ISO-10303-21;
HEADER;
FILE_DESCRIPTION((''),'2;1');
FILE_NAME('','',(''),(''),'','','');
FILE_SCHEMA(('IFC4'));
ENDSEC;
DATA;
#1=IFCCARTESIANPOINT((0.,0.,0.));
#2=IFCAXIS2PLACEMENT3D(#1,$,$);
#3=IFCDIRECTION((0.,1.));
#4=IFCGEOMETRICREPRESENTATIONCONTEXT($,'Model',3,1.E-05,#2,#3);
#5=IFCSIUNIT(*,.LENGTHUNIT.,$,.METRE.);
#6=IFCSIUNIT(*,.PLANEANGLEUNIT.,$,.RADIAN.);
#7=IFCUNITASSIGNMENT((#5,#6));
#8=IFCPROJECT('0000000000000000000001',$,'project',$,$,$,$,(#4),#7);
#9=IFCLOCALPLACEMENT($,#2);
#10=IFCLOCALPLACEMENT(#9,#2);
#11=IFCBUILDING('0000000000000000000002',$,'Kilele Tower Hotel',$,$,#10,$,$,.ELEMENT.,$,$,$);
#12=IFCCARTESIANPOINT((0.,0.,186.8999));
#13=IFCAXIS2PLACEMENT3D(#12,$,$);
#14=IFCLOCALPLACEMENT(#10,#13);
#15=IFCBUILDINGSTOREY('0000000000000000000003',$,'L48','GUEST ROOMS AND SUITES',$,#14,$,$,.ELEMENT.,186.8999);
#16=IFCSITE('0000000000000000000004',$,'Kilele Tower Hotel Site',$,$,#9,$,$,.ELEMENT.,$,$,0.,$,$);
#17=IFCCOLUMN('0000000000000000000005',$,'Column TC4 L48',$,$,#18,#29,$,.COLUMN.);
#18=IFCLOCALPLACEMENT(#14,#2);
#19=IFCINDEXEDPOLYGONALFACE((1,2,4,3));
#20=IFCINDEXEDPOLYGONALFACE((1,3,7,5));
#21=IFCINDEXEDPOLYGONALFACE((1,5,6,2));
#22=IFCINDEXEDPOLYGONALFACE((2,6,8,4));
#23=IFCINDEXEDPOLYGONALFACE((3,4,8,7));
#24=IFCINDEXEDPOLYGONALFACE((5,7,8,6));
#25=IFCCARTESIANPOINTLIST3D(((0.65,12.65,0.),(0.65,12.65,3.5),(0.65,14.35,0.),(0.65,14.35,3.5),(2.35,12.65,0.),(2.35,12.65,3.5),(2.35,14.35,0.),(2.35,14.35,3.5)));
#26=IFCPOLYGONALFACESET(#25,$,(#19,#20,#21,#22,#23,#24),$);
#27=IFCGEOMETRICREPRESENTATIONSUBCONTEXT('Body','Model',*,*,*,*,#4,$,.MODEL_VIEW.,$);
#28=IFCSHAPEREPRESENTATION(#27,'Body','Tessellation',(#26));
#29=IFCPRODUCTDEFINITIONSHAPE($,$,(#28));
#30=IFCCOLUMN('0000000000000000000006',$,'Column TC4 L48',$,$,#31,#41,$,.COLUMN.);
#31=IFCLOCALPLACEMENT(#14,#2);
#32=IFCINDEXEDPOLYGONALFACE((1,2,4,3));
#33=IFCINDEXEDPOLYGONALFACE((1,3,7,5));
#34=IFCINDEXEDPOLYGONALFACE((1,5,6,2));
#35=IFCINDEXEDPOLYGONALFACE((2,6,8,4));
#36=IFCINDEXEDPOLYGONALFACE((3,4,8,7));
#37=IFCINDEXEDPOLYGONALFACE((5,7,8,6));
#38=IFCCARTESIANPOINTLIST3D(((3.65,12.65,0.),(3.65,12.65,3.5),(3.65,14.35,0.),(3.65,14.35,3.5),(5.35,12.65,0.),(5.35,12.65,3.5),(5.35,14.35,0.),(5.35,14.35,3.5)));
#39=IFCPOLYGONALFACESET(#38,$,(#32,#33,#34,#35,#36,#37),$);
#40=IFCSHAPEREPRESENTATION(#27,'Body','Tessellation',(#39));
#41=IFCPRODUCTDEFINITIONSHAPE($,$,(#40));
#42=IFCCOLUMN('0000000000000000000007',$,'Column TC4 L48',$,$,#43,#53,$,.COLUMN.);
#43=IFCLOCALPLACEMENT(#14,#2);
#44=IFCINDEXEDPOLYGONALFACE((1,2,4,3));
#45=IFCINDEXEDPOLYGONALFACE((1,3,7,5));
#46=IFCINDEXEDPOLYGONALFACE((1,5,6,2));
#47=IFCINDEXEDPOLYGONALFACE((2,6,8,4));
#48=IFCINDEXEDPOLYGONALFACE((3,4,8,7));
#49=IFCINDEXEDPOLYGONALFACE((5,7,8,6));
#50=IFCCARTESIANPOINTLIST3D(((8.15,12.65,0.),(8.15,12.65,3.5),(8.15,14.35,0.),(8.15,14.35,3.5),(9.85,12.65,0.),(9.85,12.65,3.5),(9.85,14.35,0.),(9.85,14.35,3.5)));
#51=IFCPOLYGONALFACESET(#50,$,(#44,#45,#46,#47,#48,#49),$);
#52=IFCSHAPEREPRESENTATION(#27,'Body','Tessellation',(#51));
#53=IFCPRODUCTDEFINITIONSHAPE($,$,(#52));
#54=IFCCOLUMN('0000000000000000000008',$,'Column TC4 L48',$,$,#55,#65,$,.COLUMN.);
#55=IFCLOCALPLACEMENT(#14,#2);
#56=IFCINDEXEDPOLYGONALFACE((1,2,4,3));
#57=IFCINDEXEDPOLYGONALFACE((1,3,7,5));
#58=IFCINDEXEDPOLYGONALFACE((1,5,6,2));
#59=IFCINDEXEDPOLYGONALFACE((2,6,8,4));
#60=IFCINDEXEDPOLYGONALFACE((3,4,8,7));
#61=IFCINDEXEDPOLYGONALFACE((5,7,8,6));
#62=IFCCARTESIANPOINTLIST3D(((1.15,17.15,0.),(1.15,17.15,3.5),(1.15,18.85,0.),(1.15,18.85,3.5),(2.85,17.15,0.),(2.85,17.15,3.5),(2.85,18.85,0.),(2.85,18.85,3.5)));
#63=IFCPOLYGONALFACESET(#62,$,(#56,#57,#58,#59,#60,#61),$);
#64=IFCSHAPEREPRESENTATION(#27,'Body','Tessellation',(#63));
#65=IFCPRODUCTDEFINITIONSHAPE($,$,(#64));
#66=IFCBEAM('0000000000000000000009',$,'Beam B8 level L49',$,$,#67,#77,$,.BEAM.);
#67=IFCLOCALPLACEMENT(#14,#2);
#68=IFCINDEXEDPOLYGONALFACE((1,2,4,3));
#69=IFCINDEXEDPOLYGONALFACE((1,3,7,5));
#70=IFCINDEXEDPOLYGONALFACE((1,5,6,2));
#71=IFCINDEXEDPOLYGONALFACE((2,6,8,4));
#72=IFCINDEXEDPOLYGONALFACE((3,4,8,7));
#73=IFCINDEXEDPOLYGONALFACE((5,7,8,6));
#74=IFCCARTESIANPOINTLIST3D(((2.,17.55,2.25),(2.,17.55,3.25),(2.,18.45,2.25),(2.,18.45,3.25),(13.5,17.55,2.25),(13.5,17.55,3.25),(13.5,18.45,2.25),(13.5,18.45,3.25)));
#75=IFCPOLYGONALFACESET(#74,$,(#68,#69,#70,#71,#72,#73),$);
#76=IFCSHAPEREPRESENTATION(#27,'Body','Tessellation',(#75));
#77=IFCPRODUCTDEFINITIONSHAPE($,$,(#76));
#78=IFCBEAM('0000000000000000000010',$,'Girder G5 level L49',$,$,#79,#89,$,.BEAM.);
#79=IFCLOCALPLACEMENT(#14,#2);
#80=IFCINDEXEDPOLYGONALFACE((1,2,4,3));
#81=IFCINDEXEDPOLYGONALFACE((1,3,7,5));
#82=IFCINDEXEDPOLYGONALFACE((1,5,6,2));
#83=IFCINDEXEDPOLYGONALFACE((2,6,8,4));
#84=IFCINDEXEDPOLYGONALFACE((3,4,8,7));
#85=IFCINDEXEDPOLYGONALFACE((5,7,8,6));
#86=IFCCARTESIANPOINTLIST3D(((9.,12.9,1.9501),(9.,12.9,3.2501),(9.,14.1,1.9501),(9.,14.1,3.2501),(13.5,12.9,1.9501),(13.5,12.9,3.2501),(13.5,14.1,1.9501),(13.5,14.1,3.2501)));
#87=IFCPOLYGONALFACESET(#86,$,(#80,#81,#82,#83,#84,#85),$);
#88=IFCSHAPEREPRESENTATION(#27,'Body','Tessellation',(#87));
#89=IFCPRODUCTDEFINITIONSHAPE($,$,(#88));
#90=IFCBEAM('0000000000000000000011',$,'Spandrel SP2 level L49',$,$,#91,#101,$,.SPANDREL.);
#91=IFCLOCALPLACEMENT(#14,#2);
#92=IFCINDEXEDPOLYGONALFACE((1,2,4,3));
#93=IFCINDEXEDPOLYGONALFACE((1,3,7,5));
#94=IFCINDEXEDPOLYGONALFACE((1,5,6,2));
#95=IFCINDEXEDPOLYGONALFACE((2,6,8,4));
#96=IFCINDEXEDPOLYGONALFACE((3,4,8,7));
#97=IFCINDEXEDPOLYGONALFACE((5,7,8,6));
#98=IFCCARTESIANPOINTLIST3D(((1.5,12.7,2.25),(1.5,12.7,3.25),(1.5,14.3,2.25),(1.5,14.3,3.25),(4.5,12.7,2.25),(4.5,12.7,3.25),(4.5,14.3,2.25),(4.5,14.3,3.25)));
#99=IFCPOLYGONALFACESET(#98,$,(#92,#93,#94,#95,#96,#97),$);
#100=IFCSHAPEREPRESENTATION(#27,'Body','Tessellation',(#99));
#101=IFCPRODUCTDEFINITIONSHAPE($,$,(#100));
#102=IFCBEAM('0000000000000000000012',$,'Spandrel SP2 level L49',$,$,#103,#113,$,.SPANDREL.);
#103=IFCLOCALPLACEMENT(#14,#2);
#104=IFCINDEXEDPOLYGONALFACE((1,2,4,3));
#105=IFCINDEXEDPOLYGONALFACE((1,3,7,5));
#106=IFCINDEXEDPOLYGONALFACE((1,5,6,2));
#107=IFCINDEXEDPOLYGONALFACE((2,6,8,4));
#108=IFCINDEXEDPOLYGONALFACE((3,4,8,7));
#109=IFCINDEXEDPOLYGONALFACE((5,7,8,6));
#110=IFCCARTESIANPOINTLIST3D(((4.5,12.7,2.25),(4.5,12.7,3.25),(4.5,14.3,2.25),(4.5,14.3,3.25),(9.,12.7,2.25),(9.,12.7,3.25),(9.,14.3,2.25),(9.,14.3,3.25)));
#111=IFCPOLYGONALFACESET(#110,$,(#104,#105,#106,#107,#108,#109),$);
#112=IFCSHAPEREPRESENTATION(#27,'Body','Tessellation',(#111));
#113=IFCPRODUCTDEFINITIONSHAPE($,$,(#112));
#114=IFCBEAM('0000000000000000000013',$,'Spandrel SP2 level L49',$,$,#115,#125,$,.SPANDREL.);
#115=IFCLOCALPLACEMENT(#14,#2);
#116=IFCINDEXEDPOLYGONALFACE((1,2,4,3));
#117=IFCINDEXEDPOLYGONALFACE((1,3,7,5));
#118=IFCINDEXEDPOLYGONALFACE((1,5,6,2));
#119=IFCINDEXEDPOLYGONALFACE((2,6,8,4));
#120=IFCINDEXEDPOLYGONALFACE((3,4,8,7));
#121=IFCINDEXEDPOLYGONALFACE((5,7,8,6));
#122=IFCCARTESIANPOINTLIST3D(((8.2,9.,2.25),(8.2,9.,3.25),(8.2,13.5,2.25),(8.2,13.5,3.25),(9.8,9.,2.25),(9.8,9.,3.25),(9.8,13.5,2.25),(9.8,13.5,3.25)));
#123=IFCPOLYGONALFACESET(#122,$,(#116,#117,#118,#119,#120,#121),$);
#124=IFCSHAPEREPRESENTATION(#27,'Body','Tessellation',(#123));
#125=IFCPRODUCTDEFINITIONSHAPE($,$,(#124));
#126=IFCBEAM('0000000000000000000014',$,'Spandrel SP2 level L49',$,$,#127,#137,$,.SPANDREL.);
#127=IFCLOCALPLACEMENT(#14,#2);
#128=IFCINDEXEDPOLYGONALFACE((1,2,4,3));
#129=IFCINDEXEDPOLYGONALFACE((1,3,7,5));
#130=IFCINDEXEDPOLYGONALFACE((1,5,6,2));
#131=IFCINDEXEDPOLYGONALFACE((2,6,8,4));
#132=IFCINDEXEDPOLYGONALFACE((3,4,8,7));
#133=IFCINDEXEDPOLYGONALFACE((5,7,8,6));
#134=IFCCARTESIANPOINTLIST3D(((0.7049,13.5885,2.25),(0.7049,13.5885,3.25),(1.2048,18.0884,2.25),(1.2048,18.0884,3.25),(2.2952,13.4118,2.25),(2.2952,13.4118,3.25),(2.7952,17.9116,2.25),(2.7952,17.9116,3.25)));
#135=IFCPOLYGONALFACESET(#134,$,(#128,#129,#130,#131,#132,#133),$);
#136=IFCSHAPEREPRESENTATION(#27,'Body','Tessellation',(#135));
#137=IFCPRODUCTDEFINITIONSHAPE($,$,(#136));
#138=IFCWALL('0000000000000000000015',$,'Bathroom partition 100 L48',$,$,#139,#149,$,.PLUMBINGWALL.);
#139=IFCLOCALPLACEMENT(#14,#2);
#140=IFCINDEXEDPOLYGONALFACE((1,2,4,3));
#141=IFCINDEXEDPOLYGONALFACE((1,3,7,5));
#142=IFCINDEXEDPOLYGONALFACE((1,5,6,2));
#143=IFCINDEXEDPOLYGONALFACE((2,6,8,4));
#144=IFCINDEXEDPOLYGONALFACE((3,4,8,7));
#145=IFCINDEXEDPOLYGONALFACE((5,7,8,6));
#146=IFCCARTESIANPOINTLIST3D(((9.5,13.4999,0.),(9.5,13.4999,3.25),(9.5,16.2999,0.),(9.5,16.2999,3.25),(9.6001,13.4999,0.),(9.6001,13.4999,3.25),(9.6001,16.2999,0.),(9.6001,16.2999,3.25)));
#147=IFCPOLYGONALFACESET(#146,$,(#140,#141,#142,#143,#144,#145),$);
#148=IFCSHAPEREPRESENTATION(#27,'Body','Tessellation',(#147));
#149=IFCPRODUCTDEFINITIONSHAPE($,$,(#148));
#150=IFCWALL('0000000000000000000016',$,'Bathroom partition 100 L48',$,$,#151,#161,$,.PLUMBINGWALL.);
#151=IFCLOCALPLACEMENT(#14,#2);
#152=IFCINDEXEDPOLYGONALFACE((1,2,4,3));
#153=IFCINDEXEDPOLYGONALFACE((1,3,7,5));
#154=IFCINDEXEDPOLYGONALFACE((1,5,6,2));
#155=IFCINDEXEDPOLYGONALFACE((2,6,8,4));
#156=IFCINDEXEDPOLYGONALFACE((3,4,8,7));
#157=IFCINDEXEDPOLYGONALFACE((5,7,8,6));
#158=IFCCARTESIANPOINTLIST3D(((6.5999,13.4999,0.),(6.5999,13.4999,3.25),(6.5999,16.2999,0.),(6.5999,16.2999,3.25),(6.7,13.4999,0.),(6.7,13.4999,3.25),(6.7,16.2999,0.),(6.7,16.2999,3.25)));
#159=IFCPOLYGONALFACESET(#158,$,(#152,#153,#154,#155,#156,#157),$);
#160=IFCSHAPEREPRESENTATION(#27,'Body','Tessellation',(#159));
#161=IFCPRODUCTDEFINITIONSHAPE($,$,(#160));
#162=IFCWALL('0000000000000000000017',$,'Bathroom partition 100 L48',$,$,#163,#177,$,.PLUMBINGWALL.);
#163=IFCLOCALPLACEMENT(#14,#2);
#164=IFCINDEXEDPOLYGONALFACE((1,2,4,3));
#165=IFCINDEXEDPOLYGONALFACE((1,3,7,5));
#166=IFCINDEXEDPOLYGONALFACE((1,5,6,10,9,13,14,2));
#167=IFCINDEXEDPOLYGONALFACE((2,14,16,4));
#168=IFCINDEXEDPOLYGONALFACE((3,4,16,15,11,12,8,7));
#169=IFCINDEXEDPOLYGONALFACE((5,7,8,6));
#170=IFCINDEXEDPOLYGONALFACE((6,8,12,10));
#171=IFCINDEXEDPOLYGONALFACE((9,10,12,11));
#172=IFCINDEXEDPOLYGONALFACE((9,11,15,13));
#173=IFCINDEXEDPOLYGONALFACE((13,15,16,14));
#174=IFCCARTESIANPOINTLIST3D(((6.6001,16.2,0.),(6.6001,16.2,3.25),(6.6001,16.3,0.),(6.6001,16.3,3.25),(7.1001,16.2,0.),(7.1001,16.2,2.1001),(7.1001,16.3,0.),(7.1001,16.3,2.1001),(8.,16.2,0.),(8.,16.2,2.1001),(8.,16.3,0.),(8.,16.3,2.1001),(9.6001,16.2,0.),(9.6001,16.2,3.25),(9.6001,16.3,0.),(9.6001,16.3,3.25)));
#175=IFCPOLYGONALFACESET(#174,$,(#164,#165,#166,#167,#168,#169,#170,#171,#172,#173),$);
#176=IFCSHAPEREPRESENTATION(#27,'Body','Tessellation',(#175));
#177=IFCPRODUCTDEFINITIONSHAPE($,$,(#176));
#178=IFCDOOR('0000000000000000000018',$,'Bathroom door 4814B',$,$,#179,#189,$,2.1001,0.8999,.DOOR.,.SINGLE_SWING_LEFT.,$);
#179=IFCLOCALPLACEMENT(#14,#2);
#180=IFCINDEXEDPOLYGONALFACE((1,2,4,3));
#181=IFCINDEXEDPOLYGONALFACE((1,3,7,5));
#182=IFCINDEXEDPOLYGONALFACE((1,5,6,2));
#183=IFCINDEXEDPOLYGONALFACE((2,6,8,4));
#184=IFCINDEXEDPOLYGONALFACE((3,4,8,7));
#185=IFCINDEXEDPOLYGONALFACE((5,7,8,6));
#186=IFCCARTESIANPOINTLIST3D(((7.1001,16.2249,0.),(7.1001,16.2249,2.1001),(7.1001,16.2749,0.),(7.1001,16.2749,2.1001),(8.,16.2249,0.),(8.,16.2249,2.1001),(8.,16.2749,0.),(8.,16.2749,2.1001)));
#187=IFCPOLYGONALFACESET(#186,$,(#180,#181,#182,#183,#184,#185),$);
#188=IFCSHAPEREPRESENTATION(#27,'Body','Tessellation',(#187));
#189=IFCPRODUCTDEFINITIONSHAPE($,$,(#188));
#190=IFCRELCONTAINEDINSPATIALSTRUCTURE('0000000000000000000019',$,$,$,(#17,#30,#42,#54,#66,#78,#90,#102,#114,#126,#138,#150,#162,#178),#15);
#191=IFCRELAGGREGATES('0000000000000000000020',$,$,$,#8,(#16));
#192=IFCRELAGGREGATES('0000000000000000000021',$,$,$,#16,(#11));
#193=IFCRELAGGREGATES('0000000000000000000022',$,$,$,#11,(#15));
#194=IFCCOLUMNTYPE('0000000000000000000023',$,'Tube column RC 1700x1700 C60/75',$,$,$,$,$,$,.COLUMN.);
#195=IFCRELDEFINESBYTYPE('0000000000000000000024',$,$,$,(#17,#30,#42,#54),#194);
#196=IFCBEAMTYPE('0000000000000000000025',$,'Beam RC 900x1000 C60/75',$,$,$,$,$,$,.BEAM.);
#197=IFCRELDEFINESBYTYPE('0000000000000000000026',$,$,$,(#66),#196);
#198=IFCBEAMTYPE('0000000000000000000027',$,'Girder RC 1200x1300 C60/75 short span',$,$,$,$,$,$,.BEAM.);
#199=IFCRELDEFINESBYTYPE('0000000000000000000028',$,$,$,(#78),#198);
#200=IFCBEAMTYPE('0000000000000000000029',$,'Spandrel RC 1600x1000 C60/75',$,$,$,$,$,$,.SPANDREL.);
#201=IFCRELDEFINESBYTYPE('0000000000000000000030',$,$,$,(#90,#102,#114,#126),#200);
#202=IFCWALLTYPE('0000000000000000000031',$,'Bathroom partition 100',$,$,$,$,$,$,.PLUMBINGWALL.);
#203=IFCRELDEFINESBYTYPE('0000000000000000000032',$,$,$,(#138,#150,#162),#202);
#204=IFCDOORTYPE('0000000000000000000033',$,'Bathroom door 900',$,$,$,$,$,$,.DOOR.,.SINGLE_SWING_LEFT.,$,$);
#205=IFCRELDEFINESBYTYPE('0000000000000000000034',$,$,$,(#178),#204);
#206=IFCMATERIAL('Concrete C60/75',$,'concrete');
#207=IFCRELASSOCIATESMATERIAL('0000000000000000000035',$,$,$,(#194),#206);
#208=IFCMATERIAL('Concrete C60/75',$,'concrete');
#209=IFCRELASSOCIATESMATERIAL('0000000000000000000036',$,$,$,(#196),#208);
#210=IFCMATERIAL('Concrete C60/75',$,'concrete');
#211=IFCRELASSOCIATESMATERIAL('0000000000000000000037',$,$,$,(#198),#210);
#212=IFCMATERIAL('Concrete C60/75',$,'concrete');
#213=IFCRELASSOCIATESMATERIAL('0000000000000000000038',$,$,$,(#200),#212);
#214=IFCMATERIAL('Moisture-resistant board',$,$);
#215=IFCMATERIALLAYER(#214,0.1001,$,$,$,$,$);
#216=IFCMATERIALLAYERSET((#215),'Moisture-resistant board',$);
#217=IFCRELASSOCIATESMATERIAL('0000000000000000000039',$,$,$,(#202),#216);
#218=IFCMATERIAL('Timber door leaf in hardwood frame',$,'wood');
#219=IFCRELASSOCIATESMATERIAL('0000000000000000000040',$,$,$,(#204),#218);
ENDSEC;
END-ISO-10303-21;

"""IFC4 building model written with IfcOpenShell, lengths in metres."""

from ifc_helpers import new_model, si_unit, direction, frame, frame_2d, origin, origin_2d, place, context, subcontext, project, spatial, rectangle, extrude, material, layer, layer_set, material_profile, profile_set, type_object, element, fill, save


model = new_model("IFC4")

# Units and contexts
model_context = context("Model", 3, precision=1e-05, world=origin(), true_north=direction((0.0, 1.0)))
body_context = subcontext(model_context, "Body", "Model", "MODEL_VIEW")
ifc_project = project(units=[si_unit("LENGTHUNIT", "METRE"), si_unit("PLANEANGLEUNIT", "RADIAN")], contexts=[model_context])

# Site, building, storey
site_placement = place(None, origin())
site = spatial("IfcSite", under=ifc_project, at=site_placement, Name="Kilele Tower Hotel Site", CompositionType="ELEMENT", RefElevation=0.0)
building_placement = place(site_placement, origin())
building = spatial("IfcBuilding", under=site, at=building_placement, Name="Kilele Tower Hotel", CompositionType="ELEMENT")
storey_placement = place(building_placement, frame((0.0, 0.0, 186.8999)))
storey = spatial("IfcBuildingStorey", under=building, at=storey_placement, Name="L48", Description="GUEST ROOMS AND SUITES", CompositionType="ELEMENT", Elevation=186.8999)

# Columns
ifc_material_1 = material(Name="Concrete C60/75", Category="concrete")
ifc_material_profile_1 = material_profile(ifc_material_1, rectangle(XDim=1.7, YDim=1.7, at=origin_2d()))
ifc_profile_set_1 = profile_set([ifc_material_profile_1], Name="Concrete C60/75")
column_type = type_object("IfcColumnType", Name="Tube column RC 1700x1700 C60/75", PredefinedType="COLUMN", material=ifc_profile_set_1)
for number, where, z_axis, x_axis, name in (
    (1, (1.5, 13.5, 0.0), (0.0, 0.0, 1.0), (1.0, 0.0, 0.0), "Column TC4 L48"),
    (2, (4.5, 13.5, 0.0), (0.0, 0.0, 1.0), (1.0, 0.0, 0.0), "Column TC4 L48"),
    (3, (9.0, 13.5, 0.0), (0.0, 0.0, 1.0), (1.0, 0.0, 0.0), "Column TC4 L48"),
    (4, (2.0, 18.0, 0.0), (0.0, 0.0, 1.0), (1.0, 0.0, 0.0), "Column TC4 L48"),
):
    element("IfcColumn", number, at=place(storey_placement, frame(where, z_axis=z_axis, x_axis=x_axis)), inside=storey, type_object=column_type, Name=name, PredefinedType="COLUMN", context=body_context, shape_type="SweptSolid", body=[
        extrude(rectangle(XDim=1.7, YDim=1.7, at=origin_2d()), origin(), (0.0, 0.0, 1.0), 3.5),
    ])

# Beams
ifc_material_2 = material(Name="Concrete C60/75", Category="concrete")
ifc_material_profile_2 = material_profile(ifc_material_2, rectangle(XDim=0.8999, YDim=1.0, at=origin_2d()))
ifc_profile_set_2 = profile_set([ifc_material_profile_2], Name="Concrete C60/75")
beam_type_1 = type_object("IfcBeamType", Name="Beam RC 900x1000 C60/75", PredefinedType="BEAM", material=ifc_profile_set_2)
beam_1_placement = place(storey_placement, frame((2.0, 18.0, 2.75), z_axis=(1.0, 0.0, 0.0), x_axis=(0.0, 1.0, 0.0)))
element("IfcBeam", 5, at=beam_1_placement, inside=storey, type_object=beam_type_1, Name="Beam B8 level L49", PredefinedType="BEAM", context=body_context, shape_type="SweptSolid", body=[
    extrude(rectangle(XDim=0.8999, YDim=1.0, at=origin_2d()), origin(), (0.0, 0.0, 1.0), 11.5),
])
ifc_material_3 = material(Name="Concrete C60/75", Category="concrete")
ifc_material_profile_3 = material_profile(ifc_material_3, rectangle(XDim=1.2, YDim=1.3, at=origin_2d()))
ifc_profile_set_3 = profile_set([ifc_material_profile_3], Name="Concrete C60/75")
beam_type_2 = type_object("IfcBeamType", Name="Girder RC 1200x1300 C60/75 short span", PredefinedType="BEAM", material=ifc_profile_set_3)
beam_2_placement = place(storey_placement, frame((9.0, 13.5, 2.6001), z_axis=(1.0, 0.0, 0.0), x_axis=(0.0, 1.0, 0.0)))
element("IfcBeam", 6, at=beam_2_placement, inside=storey, type_object=beam_type_2, Name="Girder G5 level L49", PredefinedType="BEAM", context=body_context, shape_type="SweptSolid", body=[
    extrude(rectangle(XDim=1.2, YDim=1.3, at=origin_2d()), origin(), (0.0, 0.0, 1.0), 4.5),
])
ifc_material_4 = material(Name="Concrete C60/75", Category="concrete")
ifc_material_profile_4 = material_profile(ifc_material_4, rectangle(XDim=1.6001, YDim=1.0, at=origin_2d()))
ifc_profile_set_4 = profile_set([ifc_material_profile_4], Name="Concrete C60/75")
beam_type_3 = type_object("IfcBeamType", Name="Spandrel RC 1600x1000 C60/75", PredefinedType="SPANDREL", material=ifc_profile_set_4)
beam_3_placement = place(storey_placement, frame((1.5, 13.5, 2.75), z_axis=(1.0, 0.0, 0.0), x_axis=(0.0, 1.0, 0.0)))
element("IfcBeam", 7, at=beam_3_placement, inside=storey, type_object=beam_type_3, Name="Spandrel SP2 level L49", PredefinedType="SPANDREL", context=body_context, shape_type="SweptSolid", body=[
    extrude(rectangle(XDim=1.6001, YDim=1.0, at=origin_2d()), origin(), (0.0, 0.0, 1.0), 3.0),
])
for number, where, z_axis, x_axis, name in (
    (8, (4.5, 13.5, 2.75), (1.0, 0.0, 0.0), (0.0, 1.0, 0.0), "Spandrel SP2 level L49"),
    (9, (9.0, 13.5, 2.75), (0.0, -1.0, 0.0), (1.0, 0.0, 0.0), "Spandrel SP2 level L49"),
):
    element("IfcBeam", number, at=place(storey_placement, frame(where, z_axis=z_axis, x_axis=x_axis)), inside=storey, type_object=beam_type_3, Name=name, PredefinedType="SPANDREL", context=body_context, shape_type="SweptSolid", body=[
        extrude(rectangle(XDim=1.6001, YDim=1.0, at=origin_2d()), origin(), (0.0, 0.0, 1.0), 4.5),
    ])
beam_4_placement = place(storey_placement, frame((2.0, 18.0, 2.75), z_axis=(-0.110432, -0.993884, 0.0), x_axis=(0.993884, -0.110432, 0.0)))
element("IfcBeam", 10, at=beam_4_placement, inside=storey, type_object=beam_type_3, Name="Spandrel SP2 level L49", PredefinedType="SPANDREL", context=body_context, shape_type="SweptSolid", body=[
    extrude(rectangle(XDim=1.6001, YDim=1.0, at=origin_2d()), origin(), (0.0, 0.0, 1.0), 4.5276),
])

# Walls
ifc_material_5 = material(Name="Moisture-resistant board")
ifc_layer_1 = layer(ifc_material_5, 0.1001)
ifc_layer_set_1 = layer_set([ifc_layer_1], Name="Moisture-resistant board")
wall_type_1 = type_object("IfcWallType", Name="Bathroom partition 100", PredefinedType="PLUMBINGWALL", material=ifc_layer_set_1)
for number, where, z_axis, x_axis, name in (
    (11, (9.55, 13.5, 0.0), (0.0, 0.0, 1.0), (0.0, 1.0, 0.0), "Bathroom partition 100 L48"),
    (12, (6.6499, 13.5, 0.0), (0.0, 0.0, 1.0), (0.0, 1.0, 0.0), "Bathroom partition 100 L48"),
):
    element("IfcWall", number, at=place(storey_placement, frame(where, z_axis=z_axis, x_axis=x_axis)), inside=storey, type_object=wall_type_1, Name=name, PredefinedType="PLUMBINGWALL", context=body_context, shape_type="SweptSolid", body=[
        extrude(rectangle(XDim=2.8, YDim=0.1001, at=frame_2d((1.3999, 0.0))), origin(), (0.0, 0.0, 1.0), 3.25),
    ])

# Wall, opening, door
wall_1_placement = place(storey_placement, frame((9.6001, 16.25, 0.0), z_axis=(0.0, 0.0, 1.0), x_axis=(-1.0, 0.0, 0.0)))
wall_1 = element("IfcWall", 13, at=wall_1_placement, inside=storey, type_object=wall_type_1, Name="Bathroom partition 100 L48", PredefinedType="PLUMBINGWALL", context=body_context, shape_type="SweptSolid", body=[
    extrude(rectangle(XDim=3.0, YDim=0.1001, at=frame_2d((1.5, 0.0))), origin(), (0.0, 0.0, 1.0), 3.25),
])
opening_1_placement = place(wall_1_placement, frame((2.5, 0.0, 0.0), z_axis=(0.0, 0.0, 1.0), x_axis=(-1.0, 0.0, 0.0)))
opening_1 = element("IfcOpeningElement", 14, at=opening_1_placement, cuts=wall_1, PredefinedType="OPENING", context=body_context, shape_type="SweptSolid", body=[
    extrude(rectangle(XDim=0.8999, YDim=2.1001, at=frame_2d((0.45, 1.05))), frame((0.0, 0.0601, 0.0), z_axis=(0.0, -1.0, 0.0), x_axis=(1.0, 0.0, 0.0)), (0.0, 0.0, 1.0), 0.1201),
])
ifc_material_6 = material(Name="Timber door leaf in hardwood frame", Category="wood")
door_type = type_object("IfcDoorType", Name="Bathroom door 900", OperationType="SINGLE_SWING_LEFT", PredefinedType="DOOR", material=ifc_material_6)
door_placement = place(opening_1_placement, origin())
door = element("IfcDoor", 15, at=door_placement, inside=storey, type_object=door_type, Name="Bathroom door 4814B", OperationType="SINGLE_SWING_LEFT", OverallHeight=2.1001, OverallWidth=0.8999, PredefinedType="DOOR", context=body_context, shape_type="SweptSolid", body=[
    extrude(rectangle(XDim=0.8999, YDim=2.1001, at=frame_2d((0.45, 1.05))), frame((0.0, 0.0249, 0.0), z_axis=(0.0, -1.0, 0.0), x_axis=(1.0, 0.0, 0.0)), (0.0, 0.0, 1.0), 0.05),
])
fill(opening_1, door)

save(model, "model.ifc")
